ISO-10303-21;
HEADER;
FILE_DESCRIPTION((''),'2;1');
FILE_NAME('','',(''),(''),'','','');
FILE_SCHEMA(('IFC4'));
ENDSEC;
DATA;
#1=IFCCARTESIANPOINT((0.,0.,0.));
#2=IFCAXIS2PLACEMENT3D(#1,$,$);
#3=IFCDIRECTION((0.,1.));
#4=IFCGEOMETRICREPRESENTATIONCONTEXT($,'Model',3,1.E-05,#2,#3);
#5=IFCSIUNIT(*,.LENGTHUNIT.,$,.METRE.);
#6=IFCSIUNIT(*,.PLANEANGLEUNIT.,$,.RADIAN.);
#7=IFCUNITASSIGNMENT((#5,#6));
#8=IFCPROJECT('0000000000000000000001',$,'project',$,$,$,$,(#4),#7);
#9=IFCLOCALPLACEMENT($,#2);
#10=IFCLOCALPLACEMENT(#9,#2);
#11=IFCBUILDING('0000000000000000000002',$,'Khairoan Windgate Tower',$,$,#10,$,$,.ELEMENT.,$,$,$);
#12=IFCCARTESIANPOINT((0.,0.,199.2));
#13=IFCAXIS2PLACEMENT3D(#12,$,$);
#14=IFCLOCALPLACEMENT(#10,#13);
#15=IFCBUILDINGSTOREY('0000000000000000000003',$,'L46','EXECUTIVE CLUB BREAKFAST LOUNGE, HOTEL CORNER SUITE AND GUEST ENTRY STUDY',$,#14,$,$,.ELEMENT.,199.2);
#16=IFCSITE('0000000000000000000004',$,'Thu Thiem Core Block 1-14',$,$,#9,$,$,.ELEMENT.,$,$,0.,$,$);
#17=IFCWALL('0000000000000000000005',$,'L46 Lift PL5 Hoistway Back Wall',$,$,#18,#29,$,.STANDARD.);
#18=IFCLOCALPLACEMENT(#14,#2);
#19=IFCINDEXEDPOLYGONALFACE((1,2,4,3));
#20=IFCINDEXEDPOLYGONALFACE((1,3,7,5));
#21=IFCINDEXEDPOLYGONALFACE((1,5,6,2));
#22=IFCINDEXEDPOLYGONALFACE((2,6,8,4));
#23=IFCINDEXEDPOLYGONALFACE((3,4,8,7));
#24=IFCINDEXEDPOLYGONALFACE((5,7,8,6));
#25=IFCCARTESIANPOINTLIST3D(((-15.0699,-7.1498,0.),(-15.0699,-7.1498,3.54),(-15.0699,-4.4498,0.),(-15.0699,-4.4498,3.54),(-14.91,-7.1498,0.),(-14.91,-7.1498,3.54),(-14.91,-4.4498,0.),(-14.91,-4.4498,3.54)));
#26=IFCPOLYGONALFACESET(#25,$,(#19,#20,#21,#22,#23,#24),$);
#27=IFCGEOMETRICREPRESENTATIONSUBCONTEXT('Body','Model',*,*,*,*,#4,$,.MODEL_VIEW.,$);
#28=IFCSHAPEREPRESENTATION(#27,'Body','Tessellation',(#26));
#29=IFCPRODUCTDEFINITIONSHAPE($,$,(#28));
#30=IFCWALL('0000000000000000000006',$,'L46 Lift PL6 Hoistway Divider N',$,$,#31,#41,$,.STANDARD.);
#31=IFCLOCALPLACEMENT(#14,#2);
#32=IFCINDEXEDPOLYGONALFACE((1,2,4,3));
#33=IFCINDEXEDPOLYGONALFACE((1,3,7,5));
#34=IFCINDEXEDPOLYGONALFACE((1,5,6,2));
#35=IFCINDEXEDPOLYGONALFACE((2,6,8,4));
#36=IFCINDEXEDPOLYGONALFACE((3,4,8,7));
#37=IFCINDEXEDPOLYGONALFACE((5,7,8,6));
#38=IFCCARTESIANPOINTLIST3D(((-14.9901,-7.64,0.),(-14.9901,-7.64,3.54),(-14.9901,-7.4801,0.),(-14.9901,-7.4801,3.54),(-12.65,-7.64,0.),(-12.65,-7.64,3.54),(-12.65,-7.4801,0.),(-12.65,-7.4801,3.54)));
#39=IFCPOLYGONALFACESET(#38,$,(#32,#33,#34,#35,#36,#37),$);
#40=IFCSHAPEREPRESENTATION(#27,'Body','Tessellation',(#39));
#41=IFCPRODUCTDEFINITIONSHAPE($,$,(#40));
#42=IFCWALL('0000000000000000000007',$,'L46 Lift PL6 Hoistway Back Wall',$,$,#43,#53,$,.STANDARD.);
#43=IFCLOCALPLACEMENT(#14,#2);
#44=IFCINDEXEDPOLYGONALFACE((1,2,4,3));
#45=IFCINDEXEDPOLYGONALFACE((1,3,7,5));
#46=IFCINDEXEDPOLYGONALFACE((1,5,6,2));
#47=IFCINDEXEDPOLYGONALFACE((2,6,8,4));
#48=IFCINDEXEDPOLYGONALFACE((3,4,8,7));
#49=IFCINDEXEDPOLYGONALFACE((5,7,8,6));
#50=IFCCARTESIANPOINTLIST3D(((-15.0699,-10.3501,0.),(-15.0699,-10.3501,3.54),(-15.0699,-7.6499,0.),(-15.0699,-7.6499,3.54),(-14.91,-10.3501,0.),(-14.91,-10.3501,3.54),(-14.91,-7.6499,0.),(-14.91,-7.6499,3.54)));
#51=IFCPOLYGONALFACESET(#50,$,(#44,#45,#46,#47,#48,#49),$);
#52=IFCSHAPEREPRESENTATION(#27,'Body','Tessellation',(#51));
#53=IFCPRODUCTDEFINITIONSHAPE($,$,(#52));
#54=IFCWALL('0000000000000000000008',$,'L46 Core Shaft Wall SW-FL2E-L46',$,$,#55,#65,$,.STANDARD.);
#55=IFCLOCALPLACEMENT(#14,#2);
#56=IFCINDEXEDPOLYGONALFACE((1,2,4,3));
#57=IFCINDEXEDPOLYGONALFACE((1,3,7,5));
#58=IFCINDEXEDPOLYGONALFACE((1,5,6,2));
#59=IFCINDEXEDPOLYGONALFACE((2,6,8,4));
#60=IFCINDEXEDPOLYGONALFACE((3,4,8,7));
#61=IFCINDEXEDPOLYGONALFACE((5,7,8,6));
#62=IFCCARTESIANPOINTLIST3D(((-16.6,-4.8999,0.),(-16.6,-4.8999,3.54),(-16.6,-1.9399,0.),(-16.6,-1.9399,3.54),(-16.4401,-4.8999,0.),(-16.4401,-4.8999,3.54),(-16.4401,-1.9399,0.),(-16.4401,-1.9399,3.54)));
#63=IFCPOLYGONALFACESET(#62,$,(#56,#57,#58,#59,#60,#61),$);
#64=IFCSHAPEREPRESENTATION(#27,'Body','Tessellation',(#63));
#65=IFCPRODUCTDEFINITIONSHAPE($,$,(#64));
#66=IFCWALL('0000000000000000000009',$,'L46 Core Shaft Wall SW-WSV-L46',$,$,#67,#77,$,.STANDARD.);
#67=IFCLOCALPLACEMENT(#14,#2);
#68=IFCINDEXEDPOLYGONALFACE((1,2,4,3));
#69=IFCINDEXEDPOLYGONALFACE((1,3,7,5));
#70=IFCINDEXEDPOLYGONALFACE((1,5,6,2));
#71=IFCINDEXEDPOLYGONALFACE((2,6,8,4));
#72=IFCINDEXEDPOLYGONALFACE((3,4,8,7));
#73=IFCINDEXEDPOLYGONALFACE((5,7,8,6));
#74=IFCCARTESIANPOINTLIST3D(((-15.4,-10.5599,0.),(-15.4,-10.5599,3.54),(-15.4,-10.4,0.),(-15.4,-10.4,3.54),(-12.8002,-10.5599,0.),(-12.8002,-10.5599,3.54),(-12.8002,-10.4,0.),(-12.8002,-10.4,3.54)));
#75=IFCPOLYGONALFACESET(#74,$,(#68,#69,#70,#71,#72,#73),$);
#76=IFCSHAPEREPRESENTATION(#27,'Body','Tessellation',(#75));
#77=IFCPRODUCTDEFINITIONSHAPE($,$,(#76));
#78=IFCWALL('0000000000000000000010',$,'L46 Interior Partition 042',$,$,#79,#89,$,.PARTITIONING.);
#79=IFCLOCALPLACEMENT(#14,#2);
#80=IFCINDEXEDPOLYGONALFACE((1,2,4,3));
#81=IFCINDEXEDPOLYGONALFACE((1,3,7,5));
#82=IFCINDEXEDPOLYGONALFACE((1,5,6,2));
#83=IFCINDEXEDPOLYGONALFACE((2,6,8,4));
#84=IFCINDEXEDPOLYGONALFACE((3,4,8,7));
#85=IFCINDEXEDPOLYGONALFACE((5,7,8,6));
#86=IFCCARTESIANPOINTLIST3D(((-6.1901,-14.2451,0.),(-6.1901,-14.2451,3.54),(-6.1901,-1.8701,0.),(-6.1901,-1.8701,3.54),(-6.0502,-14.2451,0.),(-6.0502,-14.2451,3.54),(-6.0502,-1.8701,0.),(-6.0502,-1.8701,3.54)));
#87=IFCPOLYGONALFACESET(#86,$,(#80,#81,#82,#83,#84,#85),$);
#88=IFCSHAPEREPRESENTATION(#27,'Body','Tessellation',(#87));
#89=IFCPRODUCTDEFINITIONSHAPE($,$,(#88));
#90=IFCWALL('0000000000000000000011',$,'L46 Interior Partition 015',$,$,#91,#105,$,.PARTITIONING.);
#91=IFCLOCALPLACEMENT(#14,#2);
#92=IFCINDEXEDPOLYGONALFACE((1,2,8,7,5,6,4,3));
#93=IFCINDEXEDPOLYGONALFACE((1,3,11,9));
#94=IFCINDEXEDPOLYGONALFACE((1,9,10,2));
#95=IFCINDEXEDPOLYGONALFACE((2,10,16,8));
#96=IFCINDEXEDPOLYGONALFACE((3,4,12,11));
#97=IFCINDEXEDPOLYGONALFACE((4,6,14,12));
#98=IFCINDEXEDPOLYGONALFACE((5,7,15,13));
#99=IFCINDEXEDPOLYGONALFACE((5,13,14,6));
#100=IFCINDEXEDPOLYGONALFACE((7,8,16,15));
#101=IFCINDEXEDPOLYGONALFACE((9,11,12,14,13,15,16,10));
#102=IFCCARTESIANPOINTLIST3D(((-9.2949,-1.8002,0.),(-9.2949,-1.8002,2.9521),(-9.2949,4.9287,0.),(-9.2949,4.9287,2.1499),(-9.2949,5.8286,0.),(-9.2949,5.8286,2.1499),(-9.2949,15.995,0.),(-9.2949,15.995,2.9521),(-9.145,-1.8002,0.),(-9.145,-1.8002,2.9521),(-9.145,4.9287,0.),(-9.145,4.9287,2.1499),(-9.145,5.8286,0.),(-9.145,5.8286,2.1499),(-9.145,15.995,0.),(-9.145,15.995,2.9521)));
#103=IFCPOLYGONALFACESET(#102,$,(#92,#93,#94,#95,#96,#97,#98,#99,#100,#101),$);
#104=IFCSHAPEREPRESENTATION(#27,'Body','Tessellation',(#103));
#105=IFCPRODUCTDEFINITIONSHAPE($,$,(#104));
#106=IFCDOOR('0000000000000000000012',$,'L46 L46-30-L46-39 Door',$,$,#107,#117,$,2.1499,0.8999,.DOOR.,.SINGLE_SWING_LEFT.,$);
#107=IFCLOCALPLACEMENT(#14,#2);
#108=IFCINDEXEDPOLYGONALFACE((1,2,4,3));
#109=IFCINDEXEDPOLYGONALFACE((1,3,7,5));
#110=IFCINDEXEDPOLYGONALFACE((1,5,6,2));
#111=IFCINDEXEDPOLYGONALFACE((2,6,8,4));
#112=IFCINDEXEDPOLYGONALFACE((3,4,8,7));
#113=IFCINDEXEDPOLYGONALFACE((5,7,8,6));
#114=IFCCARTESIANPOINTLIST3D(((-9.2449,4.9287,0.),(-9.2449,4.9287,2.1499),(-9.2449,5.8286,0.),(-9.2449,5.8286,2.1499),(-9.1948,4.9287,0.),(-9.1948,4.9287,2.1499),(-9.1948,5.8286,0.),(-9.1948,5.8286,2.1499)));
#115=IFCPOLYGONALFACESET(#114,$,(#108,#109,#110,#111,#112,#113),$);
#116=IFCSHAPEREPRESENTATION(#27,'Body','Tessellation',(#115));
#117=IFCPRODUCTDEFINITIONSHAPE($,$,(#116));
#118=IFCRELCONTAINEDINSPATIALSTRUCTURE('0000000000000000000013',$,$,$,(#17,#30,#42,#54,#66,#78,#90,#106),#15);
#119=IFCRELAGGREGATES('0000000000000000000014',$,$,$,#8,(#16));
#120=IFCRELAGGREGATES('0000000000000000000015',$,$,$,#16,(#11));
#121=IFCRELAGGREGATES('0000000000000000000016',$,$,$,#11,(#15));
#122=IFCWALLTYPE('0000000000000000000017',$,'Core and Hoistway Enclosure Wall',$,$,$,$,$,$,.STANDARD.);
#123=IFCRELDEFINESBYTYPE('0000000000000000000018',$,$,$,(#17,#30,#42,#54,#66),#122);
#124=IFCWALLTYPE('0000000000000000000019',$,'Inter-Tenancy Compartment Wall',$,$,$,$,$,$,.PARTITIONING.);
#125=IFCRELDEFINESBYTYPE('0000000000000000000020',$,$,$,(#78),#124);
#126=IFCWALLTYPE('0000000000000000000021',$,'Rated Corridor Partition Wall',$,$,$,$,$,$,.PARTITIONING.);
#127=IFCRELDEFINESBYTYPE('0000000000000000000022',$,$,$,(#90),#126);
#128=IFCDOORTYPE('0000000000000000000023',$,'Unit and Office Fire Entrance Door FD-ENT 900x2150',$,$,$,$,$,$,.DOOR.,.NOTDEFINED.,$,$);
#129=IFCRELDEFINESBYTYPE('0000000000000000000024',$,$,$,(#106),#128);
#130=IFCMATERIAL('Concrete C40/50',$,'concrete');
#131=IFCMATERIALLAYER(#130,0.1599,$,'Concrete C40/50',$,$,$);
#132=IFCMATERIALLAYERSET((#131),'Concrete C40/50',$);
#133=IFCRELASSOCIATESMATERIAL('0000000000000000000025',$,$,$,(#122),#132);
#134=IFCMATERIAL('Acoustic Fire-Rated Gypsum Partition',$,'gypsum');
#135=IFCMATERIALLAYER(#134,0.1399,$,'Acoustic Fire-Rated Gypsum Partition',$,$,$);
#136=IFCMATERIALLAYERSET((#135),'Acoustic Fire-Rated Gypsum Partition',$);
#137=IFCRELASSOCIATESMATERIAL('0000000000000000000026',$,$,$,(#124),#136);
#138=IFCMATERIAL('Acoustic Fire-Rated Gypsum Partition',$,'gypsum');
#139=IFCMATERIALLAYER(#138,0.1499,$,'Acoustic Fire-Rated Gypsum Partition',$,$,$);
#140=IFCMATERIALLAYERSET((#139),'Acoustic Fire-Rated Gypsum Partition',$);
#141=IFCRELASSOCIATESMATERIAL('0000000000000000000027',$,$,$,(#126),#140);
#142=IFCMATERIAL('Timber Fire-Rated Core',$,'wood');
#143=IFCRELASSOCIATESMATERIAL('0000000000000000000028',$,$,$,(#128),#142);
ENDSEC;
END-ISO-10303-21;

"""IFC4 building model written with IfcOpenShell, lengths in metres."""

from ifc_helpers import new_model, si_unit, direction, frame, frame_2d, origin, place, context, subcontext, project, spatial, rectangle, extrude, material, layer, layer_set, type_object, element, fill, save


model = new_model("IFC4")

# Units and contexts
model_context = context("Model", 3, precision=1e-05, world=origin(), true_north=direction((0.0, 1.0)))
body_context = subcontext(model_context, "Body", "Model", "MODEL_VIEW")
ifc_project = project(units=[si_unit("LENGTHUNIT", "METRE"), si_unit("PLANEANGLEUNIT", "RADIAN")], contexts=[model_context])

# Site, building, storey
site_placement = place(None, origin())
site = spatial("IfcSite", under=ifc_project, at=site_placement, Name="Thu Thiem Core Block 1-14", CompositionType="ELEMENT", RefElevation=0.0)
building_placement = place(site_placement, origin())
building = spatial("IfcBuilding", under=site, at=building_placement, Name="Khairoan Windgate Tower", CompositionType="ELEMENT")
storey_placement = place(building_placement, frame((0.0, 0.0, 199.2)))
storey = spatial("IfcBuildingStorey", under=building, at=storey_placement, Name="L46", Description="EXECUTIVE CLUB BREAKFAST LOUNGE, HOTEL CORNER SUITE AND GUEST ENTRY STUDY", CompositionType="ELEMENT", Elevation=199.2)

# Walls
ifc_material_1 = material(Name="Concrete C40/50", Category="concrete")
ifc_layer_1 = layer(ifc_material_1, 0.1599, Name="Concrete C40/50")
ifc_layer_set_1 = layer_set([ifc_layer_1], Name="Concrete C40/50")
wall_type_1 = type_object("IfcWallType", Name="Core and Hoistway Enclosure Wall", PredefinedType="STANDARD", material=ifc_layer_set_1)
wall_1_placement = place(storey_placement, frame((-14.99, -7.1499, 0.0), z_axis=(0.0, 0.0, 1.0), x_axis=(0.0, 1.0, 0.0)))
element("IfcWall", 1, at=wall_1_placement, inside=storey, type_object=wall_type_1, Name="L46 Lift PL5 Hoistway Back Wall", PredefinedType="STANDARD", context=body_context, shape_type="SweptSolid", body=[
    extrude(rectangle(XDim=2.7, YDim=0.1599, at=frame_2d((1.3501, 0.0))), origin(), (0.0, 0.0, 1.0), 3.54),
])
wall_2_placement = place(storey_placement, frame((-14.99, -7.5601, 0.0), z_axis=(0.0, 0.0, 1.0), x_axis=(1.0, 0.0, 0.0)))
element("IfcWall", 2, at=wall_2_placement, inside=storey, type_object=wall_type_1, Name="L46 Lift PL6 Hoistway Divider N", PredefinedType="STANDARD", context=body_context, shape_type="SweptSolid", body=[
    extrude(rectangle(XDim=2.3401, YDim=0.1599, at=frame_2d((1.1699, 0.0))), origin(), (0.0, 0.0, 1.0), 3.54),
])
wall_3_placement = place(storey_placement, frame((-14.99, -10.3501, 0.0), z_axis=(0.0, 0.0, 1.0), x_axis=(0.0, 1.0, 0.0)))
element("IfcWall", 3, at=wall_3_placement, inside=storey, type_object=wall_type_1, Name="L46 Lift PL6 Hoistway Back Wall", PredefinedType="STANDARD", context=body_context, shape_type="SweptSolid", body=[
    extrude(rectangle(XDim=2.7002, YDim=0.1599, at=frame_2d((1.3501, 0.0))), origin(), (0.0, 0.0, 1.0), 3.54),
])
wall_4_placement = place(storey_placement, frame((-16.52, -4.8999, 0.0), z_axis=(0.0, 0.0, 1.0), x_axis=(0.0, 1.0, 0.0)))
element("IfcWall", 4, at=wall_4_placement, inside=storey, type_object=wall_type_1, Name="L46 Core Shaft Wall SW-FL2E-L46", PredefinedType="STANDARD", context=body_context, shape_type="SweptSolid", body=[
    extrude(rectangle(XDim=2.96, YDim=0.1599, at=frame_2d((1.48, 0.0))), origin(), (0.0, 0.0, 1.0), 3.54),
])
wall_5_placement = place(storey_placement, frame((-15.3999, -10.48, 0.0), z_axis=(0.0, 0.0, 1.0), x_axis=(1.0, 0.0, 0.0)))
element("IfcWall", 5, at=wall_5_placement, inside=storey, type_object=wall_type_1, Name="L46 Core Shaft Wall SW-WSV-L46", PredefinedType="STANDARD", context=body_context, shape_type="SweptSolid", body=[
    extrude(rectangle(XDim=2.5999, YDim=0.1599, at=frame_2d((1.2998, 0.0))), origin(), (0.0, 0.0, 1.0), 3.54),
])
ifc_material_2 = material(Name="Acoustic Fire-Rated Gypsum Partition", Category="gypsum")
ifc_layer_2 = layer(ifc_material_2, 0.1399, Name="Acoustic Fire-Rated Gypsum Partition")
ifc_layer_set_2 = layer_set([ifc_layer_2], Name="Acoustic Fire-Rated Gypsum Partition")
wall_type_2 = type_object("IfcWallType", Name="Inter-Tenancy Compartment Wall", PredefinedType="PARTITIONING", material=ifc_layer_set_2)
wall_6_placement = place(storey_placement, frame((-6.1201, -14.2451, 0.0), z_axis=(0.0, 0.0, 1.0), x_axis=(0.0, 1.0, 0.0)))
element("IfcWall", 6, at=wall_6_placement, inside=storey, type_object=wall_type_2, Name="L46 Interior Partition 042", PredefinedType="PARTITIONING", context=body_context, shape_type="SweptSolid", body=[
    extrude(rectangle(XDim=12.375, YDim=0.1399, at=frame_2d((6.1875, 0.0))), origin(), (0.0, 0.0, 1.0), 3.54),
])

# Wall, opening, door
ifc_material_3 = material(Name="Acoustic Fire-Rated Gypsum Partition", Category="gypsum")
ifc_layer_3 = layer(ifc_material_3, 0.1499, Name="Acoustic Fire-Rated Gypsum Partition")
ifc_layer_set_3 = layer_set([ifc_layer_3], Name="Acoustic Fire-Rated Gypsum Partition")
wall_type_3 = type_object("IfcWallType", Name="Rated Corridor Partition Wall", PredefinedType="PARTITIONING", material=ifc_layer_set_3)
wall_7_placement = place(storey_placement, frame((-9.22, -1.8, 0.0), z_axis=(0.0, 0.0, 1.0), x_axis=(0.0, 1.0, 0.0)))
wall_7 = element("IfcWall", 7, at=wall_7_placement, inside=storey, type_object=wall_type_3, Name="L46 Interior Partition 015", PredefinedType="PARTITIONING", context=body_context, shape_type="SweptSolid", body=[
    extrude(rectangle(XDim=17.7952, YDim=0.1499, at=frame_2d((8.8975, 0.0))), origin(), (0.0, 0.0, 1.0), 2.9521),
])
opening_1_placement = place(wall_7_placement, frame((6.7288, 0.0, 0.0)))
opening_1 = element("IfcOpeningElement", 8, at=opening_1_placement, cuts=wall_7, PredefinedType="OPENING", context=body_context, shape_type="SweptSolid", body=[
    extrude(rectangle(XDim=0.8999, YDim=2.1499, at=frame_2d((0.45, 1.075))), frame((0.0, 0.085, 0.0), z_axis=(0.0, -1.0, 0.0), x_axis=(1.0, 0.0, 0.0)), (0.0, 0.0, 1.0), 0.1699),
])
ifc_material_4 = material(Name="Timber Fire-Rated Core", Category="wood")
door_type_1 = type_object("IfcDoorType", Name="Unit and Office Fire Entrance Door FD-ENT 900x2150", OperationType="NOTDEFINED", PredefinedType="DOOR", material=ifc_material_4)
door_1_placement = place(opening_1_placement, origin())
door_1 = element("IfcDoor", 9, at=door_1_placement, inside=storey, type_object=door_type_1, Name="L46 L46-30-L46-39 Door", OperationType="SINGLE_SWING_LEFT", OverallHeight=2.1499, OverallWidth=0.8999, PredefinedType="DOOR", context=body_context, shape_type="SweptSolid", body=[
    extrude(rectangle(XDim=0.8999, YDim=2.1499, at=frame_2d((0.45, 1.075))), frame((0.0, 0.0249, 0.0), z_axis=(0.0, -1.0, 0.0), x_axis=(1.0, 0.0, 0.0)), (0.0, 0.0, 1.0), 0.05),
])
fill(opening_1, door_1)

save(model, "model.ifc")
